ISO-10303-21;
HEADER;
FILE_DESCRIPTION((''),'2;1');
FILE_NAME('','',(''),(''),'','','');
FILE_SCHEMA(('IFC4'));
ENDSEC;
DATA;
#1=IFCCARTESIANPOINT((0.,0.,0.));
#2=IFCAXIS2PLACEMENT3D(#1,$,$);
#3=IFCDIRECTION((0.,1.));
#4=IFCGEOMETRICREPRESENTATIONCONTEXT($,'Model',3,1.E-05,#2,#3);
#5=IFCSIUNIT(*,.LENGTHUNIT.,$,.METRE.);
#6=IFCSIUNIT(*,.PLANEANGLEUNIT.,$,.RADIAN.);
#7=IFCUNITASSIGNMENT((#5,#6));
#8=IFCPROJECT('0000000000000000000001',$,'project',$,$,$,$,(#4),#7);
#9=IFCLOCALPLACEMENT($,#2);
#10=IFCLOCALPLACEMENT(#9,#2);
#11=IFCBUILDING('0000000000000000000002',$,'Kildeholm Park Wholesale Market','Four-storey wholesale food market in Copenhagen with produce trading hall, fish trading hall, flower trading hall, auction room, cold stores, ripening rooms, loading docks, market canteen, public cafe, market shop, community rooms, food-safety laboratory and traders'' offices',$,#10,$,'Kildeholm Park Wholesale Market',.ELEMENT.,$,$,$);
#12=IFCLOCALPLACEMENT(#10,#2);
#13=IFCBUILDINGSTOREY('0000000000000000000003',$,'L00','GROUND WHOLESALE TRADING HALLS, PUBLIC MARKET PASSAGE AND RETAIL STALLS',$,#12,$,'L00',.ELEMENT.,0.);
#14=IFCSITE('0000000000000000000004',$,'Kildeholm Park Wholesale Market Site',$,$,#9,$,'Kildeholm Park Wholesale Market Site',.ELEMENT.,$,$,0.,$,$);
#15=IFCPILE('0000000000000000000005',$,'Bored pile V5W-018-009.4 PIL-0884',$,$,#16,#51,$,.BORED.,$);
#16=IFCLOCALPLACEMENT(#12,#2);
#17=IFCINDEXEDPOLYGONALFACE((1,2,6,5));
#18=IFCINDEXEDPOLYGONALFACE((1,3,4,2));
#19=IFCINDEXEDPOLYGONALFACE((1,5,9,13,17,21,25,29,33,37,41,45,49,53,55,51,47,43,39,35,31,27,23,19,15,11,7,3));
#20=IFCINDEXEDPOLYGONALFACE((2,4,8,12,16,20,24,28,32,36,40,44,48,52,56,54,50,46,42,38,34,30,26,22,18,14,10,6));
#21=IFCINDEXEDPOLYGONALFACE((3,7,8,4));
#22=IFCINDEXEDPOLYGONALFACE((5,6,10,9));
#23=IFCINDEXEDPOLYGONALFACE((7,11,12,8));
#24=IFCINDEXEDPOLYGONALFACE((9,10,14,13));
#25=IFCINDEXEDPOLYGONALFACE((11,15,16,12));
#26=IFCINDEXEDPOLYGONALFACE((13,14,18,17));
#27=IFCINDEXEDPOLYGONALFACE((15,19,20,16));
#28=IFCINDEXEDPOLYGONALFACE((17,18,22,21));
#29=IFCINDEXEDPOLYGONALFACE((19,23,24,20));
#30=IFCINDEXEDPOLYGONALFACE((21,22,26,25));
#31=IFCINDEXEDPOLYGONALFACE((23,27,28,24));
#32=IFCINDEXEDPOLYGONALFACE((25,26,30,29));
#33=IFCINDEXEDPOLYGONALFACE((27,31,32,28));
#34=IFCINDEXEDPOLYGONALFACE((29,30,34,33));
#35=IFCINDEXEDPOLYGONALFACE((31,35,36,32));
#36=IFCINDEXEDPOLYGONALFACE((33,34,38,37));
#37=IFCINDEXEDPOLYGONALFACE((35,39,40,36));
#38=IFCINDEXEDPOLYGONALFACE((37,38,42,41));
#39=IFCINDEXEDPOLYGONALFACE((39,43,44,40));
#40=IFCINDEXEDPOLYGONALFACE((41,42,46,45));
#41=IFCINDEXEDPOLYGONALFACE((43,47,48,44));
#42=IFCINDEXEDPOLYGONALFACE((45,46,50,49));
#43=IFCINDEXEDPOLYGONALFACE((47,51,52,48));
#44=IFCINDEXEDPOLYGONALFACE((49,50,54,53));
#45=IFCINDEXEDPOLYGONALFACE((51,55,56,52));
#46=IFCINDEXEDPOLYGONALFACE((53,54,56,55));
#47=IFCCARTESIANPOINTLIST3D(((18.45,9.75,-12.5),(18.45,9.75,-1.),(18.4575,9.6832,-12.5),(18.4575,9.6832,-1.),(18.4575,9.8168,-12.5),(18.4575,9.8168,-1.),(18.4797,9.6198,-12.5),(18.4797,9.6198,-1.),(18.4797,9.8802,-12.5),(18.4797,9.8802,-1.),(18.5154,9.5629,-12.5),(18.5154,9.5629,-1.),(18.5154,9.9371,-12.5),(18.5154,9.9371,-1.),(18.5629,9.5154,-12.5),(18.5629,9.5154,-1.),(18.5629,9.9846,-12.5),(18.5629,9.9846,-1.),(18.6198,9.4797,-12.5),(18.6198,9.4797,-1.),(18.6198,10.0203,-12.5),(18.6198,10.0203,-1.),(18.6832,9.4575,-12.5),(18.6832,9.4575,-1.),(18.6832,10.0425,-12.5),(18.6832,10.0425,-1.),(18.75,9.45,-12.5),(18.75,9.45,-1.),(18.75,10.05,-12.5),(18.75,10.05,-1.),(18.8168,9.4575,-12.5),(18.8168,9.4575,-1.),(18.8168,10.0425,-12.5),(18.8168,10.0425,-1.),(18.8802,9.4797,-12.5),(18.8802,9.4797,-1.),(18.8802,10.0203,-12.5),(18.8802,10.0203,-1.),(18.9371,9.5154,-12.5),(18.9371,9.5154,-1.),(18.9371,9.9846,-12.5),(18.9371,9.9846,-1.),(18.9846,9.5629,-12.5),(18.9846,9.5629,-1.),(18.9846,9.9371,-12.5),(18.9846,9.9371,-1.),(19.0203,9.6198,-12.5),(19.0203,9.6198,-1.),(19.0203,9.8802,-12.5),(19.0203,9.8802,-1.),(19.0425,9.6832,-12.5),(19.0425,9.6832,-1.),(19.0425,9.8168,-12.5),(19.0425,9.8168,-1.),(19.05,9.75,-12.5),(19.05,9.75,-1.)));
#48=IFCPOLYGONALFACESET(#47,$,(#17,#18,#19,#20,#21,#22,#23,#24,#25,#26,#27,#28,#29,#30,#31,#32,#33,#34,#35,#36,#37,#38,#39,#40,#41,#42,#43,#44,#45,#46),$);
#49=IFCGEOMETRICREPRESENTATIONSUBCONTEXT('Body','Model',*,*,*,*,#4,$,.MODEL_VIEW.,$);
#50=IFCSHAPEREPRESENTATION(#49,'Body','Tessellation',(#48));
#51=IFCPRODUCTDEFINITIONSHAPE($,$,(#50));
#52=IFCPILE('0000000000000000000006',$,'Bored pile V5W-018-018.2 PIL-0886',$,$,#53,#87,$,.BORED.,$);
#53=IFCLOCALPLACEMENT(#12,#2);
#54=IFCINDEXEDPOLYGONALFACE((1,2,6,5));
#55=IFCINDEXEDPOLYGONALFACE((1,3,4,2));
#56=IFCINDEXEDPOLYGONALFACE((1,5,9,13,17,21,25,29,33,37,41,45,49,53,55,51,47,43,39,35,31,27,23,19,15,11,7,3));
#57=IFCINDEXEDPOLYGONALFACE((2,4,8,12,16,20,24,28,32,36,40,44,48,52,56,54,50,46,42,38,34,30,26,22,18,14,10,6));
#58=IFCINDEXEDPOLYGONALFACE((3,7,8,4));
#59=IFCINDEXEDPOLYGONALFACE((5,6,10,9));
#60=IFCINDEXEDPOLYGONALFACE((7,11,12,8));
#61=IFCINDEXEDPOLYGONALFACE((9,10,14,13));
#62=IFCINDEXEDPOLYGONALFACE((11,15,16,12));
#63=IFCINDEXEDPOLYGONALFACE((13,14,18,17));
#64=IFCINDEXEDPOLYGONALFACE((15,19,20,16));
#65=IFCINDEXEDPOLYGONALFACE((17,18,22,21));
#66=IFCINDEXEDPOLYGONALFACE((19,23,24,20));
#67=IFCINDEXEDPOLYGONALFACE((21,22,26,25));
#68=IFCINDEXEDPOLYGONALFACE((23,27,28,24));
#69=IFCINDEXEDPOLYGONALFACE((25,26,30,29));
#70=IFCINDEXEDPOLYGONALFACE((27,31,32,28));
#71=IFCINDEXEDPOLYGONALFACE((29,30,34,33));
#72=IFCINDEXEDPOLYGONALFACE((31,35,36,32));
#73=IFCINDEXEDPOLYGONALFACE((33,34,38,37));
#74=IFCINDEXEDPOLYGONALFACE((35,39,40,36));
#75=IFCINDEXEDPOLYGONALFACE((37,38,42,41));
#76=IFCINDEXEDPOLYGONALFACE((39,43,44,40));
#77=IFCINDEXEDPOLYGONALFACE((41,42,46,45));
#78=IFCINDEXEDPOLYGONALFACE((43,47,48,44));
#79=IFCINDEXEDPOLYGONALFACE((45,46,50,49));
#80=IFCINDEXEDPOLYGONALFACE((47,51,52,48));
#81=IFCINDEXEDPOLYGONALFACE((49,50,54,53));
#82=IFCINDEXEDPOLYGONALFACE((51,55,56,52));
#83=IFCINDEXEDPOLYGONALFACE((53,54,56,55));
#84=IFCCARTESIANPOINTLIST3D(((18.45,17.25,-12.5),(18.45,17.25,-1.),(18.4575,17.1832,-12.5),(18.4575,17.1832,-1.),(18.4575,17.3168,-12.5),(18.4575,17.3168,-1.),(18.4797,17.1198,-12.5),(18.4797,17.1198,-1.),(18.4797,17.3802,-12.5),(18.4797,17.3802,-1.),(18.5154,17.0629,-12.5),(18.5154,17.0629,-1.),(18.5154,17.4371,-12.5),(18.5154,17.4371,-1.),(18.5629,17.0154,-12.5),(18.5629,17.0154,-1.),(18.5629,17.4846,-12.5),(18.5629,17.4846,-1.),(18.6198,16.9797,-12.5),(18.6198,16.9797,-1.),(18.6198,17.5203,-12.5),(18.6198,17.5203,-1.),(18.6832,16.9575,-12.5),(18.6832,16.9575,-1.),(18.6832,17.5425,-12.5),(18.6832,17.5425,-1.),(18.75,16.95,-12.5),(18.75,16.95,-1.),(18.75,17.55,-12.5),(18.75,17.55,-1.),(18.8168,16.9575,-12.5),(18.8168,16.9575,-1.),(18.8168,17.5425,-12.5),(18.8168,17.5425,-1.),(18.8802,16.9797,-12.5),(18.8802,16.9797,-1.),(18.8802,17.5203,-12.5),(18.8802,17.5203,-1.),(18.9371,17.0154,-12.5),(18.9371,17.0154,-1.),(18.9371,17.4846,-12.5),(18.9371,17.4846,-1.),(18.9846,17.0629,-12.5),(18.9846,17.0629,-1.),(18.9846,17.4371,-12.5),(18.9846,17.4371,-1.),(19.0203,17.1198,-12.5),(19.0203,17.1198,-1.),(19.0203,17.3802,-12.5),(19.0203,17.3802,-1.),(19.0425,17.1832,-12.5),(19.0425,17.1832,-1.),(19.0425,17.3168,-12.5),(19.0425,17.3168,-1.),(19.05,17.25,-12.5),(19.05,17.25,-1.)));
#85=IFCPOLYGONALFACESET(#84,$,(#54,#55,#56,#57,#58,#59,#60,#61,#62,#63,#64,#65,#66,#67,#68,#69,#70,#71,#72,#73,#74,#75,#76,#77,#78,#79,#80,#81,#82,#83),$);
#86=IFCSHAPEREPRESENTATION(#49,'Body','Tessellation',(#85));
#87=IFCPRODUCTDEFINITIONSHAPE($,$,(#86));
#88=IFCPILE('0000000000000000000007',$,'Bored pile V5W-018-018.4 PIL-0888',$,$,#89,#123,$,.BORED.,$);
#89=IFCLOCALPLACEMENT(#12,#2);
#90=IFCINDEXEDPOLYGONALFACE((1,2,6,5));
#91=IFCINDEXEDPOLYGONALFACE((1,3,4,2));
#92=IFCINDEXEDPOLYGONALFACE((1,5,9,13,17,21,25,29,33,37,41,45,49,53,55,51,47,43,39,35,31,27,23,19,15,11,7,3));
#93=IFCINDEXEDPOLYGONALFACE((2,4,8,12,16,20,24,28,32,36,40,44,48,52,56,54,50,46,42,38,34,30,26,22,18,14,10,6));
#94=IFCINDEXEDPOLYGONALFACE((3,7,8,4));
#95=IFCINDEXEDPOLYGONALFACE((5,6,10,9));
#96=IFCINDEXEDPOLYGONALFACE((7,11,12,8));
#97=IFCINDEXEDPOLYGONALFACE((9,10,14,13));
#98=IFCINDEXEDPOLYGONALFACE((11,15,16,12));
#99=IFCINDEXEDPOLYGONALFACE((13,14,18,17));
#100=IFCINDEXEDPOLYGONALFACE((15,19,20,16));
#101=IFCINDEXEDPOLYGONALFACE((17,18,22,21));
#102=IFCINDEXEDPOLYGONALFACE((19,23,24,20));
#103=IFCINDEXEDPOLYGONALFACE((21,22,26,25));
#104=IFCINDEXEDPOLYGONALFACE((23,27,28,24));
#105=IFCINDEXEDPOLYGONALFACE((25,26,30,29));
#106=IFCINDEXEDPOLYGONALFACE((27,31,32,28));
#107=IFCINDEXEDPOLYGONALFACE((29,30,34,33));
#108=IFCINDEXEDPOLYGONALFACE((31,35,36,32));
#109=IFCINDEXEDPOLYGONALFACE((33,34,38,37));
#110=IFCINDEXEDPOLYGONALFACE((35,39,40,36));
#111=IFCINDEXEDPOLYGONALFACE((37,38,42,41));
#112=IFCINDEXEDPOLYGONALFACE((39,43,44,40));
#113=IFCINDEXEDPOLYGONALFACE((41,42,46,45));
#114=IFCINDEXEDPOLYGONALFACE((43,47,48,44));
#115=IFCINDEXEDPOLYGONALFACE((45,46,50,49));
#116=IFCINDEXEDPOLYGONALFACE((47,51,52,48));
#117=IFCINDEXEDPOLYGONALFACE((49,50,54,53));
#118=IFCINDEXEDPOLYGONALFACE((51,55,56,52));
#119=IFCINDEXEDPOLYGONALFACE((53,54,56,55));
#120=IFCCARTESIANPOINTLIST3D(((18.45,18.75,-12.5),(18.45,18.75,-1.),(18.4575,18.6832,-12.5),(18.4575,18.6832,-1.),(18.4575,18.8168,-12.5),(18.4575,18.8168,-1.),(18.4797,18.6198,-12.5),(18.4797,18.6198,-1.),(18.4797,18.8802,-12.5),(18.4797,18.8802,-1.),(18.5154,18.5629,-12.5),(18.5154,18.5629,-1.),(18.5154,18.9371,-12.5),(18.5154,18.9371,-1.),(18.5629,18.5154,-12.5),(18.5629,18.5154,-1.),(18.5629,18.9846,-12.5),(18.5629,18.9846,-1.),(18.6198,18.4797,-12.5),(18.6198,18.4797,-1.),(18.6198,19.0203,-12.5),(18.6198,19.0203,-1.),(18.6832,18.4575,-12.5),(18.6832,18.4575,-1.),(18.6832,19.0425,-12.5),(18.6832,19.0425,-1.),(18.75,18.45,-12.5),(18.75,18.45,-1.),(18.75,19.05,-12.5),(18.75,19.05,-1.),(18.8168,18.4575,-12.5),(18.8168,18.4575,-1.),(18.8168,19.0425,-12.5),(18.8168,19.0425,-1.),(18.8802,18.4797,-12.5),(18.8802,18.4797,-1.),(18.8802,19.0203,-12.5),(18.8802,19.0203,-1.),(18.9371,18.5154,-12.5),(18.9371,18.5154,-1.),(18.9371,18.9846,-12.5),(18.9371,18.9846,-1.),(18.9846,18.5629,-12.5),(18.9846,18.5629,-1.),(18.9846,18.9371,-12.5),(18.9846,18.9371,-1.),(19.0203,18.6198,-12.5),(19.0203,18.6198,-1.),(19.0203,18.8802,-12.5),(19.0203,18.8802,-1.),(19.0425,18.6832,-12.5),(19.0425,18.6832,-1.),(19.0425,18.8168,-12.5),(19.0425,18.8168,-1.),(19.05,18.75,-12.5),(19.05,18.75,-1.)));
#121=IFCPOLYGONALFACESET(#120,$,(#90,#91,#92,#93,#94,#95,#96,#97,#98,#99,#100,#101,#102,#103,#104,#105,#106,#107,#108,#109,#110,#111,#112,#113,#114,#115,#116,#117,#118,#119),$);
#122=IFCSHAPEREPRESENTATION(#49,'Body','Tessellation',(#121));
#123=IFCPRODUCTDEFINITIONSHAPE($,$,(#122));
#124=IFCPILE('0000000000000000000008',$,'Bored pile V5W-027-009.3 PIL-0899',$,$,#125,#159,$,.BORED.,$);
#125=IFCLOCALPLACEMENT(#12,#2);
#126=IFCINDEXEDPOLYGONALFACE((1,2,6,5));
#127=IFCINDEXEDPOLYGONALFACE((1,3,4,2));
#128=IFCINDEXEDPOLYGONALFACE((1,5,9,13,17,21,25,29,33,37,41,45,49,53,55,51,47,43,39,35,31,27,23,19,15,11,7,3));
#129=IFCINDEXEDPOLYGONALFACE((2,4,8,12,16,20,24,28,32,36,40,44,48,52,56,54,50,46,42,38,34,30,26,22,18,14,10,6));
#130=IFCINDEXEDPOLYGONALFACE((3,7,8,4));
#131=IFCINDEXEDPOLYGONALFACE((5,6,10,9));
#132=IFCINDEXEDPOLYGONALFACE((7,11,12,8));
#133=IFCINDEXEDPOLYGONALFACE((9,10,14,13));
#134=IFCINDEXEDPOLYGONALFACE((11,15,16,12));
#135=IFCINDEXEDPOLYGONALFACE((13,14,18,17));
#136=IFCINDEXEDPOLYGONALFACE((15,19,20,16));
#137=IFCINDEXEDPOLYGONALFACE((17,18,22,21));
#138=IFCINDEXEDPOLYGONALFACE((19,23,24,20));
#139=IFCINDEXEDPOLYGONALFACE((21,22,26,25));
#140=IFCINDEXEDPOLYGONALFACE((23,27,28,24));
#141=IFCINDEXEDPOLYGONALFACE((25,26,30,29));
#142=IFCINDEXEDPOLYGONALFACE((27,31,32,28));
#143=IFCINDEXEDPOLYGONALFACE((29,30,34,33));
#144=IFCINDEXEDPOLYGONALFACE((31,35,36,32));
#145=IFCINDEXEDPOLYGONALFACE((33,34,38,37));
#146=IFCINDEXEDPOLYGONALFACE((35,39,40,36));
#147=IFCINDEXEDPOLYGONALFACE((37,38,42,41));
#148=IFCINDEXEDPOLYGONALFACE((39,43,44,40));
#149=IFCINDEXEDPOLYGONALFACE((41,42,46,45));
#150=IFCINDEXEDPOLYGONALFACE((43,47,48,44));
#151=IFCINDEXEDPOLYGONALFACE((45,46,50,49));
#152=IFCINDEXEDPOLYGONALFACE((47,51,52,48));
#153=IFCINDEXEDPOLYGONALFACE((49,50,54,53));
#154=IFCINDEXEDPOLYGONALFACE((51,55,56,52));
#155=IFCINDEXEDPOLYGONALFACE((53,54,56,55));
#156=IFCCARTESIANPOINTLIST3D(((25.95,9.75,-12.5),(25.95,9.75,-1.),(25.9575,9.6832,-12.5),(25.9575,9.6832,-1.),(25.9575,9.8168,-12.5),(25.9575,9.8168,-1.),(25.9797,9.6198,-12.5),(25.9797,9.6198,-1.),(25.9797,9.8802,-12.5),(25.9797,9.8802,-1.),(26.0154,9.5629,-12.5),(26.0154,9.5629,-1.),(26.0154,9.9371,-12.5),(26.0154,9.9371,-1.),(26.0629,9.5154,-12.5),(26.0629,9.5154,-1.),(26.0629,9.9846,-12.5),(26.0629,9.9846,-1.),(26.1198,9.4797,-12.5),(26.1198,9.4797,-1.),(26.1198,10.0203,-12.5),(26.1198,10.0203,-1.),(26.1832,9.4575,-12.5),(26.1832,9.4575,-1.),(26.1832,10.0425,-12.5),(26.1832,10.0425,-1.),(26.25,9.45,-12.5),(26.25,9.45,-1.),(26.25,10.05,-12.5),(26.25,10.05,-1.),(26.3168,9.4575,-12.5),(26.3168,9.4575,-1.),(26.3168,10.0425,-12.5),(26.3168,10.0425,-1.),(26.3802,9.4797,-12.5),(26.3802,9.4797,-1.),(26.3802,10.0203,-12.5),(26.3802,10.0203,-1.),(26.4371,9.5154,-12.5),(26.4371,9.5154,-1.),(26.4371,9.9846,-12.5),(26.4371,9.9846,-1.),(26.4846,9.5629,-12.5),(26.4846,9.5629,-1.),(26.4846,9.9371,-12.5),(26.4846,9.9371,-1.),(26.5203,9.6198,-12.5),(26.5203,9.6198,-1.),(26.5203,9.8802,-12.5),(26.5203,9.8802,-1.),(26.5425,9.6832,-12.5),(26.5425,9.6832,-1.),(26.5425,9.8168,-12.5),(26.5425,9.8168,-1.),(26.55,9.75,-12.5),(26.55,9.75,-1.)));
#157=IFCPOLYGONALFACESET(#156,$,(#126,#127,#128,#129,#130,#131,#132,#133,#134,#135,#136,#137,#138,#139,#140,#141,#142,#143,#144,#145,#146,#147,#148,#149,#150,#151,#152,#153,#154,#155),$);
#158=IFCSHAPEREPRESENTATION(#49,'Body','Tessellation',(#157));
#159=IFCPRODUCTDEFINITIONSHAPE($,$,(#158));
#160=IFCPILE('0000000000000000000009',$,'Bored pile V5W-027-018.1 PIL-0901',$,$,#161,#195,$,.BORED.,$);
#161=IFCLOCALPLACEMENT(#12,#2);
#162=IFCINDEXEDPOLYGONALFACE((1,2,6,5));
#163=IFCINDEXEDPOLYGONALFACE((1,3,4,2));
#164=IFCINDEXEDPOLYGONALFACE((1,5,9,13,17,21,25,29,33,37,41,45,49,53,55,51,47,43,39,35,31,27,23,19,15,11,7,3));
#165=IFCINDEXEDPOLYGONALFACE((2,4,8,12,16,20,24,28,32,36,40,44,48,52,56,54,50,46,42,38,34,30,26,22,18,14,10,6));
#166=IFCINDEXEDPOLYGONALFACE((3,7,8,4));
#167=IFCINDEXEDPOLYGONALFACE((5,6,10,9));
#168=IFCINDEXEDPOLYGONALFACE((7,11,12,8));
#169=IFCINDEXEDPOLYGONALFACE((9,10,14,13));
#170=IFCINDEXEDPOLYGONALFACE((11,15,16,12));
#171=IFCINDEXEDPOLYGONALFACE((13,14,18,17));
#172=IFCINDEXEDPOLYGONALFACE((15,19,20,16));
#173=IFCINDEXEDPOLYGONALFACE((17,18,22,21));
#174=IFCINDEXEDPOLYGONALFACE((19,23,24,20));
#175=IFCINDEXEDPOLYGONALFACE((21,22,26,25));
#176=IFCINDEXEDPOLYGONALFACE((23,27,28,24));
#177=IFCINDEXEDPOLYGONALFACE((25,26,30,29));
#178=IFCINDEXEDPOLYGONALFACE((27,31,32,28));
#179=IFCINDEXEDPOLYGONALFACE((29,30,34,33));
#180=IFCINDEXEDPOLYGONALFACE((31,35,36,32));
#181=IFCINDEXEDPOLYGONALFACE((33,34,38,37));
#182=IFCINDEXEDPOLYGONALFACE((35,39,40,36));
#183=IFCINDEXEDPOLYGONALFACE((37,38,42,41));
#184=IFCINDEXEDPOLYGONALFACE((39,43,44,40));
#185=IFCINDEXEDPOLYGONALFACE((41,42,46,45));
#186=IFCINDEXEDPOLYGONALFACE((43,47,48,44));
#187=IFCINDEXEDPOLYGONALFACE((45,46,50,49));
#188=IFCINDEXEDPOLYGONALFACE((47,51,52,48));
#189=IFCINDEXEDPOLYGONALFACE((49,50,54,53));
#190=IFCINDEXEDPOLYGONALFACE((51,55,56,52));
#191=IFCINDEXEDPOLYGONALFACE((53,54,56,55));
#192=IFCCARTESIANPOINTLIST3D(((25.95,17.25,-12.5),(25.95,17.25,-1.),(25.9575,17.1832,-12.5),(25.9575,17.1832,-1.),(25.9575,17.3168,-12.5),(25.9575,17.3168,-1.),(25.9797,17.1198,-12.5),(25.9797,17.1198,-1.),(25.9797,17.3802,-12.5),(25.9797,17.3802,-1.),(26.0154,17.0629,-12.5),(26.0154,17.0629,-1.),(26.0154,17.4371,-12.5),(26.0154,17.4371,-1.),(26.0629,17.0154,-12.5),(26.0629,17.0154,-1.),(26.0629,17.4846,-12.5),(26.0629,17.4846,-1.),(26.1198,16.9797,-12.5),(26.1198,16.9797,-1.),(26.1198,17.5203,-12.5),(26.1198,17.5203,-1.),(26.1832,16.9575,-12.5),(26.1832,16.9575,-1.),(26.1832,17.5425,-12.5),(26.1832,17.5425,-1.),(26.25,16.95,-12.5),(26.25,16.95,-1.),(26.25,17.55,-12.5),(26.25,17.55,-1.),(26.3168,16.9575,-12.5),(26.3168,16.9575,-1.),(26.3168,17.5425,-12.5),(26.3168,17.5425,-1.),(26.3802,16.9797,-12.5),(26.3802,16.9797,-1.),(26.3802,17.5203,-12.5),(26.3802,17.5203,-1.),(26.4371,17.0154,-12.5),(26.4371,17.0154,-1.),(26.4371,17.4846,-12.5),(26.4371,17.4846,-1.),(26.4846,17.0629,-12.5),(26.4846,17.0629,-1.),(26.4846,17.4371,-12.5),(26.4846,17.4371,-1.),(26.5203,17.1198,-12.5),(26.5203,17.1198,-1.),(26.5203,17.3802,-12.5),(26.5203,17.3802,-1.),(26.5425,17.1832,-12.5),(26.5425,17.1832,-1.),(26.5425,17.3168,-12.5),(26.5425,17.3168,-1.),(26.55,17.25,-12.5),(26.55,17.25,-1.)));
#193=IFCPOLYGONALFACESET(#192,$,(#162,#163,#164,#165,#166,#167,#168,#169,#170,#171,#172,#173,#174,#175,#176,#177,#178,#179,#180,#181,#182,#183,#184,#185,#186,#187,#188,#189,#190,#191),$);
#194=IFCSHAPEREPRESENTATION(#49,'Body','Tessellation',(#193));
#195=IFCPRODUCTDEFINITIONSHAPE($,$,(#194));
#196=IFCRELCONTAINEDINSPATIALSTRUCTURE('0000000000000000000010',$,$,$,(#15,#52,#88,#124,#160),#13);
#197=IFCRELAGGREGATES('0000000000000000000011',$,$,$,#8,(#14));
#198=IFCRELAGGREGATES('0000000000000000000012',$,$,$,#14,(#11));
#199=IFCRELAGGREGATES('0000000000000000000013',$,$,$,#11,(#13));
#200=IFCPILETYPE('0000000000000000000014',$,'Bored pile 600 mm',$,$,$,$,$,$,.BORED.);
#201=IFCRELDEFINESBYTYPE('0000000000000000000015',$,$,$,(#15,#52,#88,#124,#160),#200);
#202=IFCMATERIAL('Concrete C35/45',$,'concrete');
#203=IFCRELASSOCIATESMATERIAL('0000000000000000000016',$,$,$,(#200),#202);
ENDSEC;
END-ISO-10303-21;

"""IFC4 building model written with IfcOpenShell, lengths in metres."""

from ifc_helpers import new_model, si_unit, direction, frame, origin, origin_2d, place, context, subcontext, project, spatial, circle, extrude, material, material_profile, profile_set, type_object, element, save


model = new_model("IFC4")

# Units and contexts
model_context = context("Model", 3, precision=1e-05, world=origin(), true_north=direction((0.0, 1.0)))
body_context = subcontext(model_context, "Body", "Model", "MODEL_VIEW")
ifc_project = project(units=[si_unit("LENGTHUNIT", "METRE"), si_unit("PLANEANGLEUNIT", "RADIAN")], contexts=[model_context])

# Site, building, storey
site_placement = place(None, origin())
site = spatial("IfcSite", under=ifc_project, at=site_placement, Name="Kildeholm Park Wholesale Market Site", LongName="Kildeholm Park Wholesale Market Site", CompositionType="ELEMENT", RefElevation=0.0)
building_placement = place(site_placement, origin())
building = spatial("IfcBuilding", under=site, at=building_placement, Name="Kildeholm Park Wholesale Market", Description="Four-storey wholesale food market in Copenhagen with produce trading hall, fish trading hall, flower trading hall, auction room, cold stores, ripening rooms, loading docks, market canteen, public cafe, market shop, community rooms, food-safety laboratory and traders' offices", LongName="Kildeholm Park Wholesale Market", CompositionType="ELEMENT")
storey_placement = place(building_placement, origin())
storey = spatial("IfcBuildingStorey", under=building, at=storey_placement, Name="L00", Description="GROUND WHOLESALE TRADING HALLS, PUBLIC MARKET PASSAGE AND RETAIL STALLS", LongName="L00", CompositionType="ELEMENT", Elevation=0.0)

# Piles
ifc_material_1 = material(Name="Concrete C35/45", Category="concrete")
ifc_material_profile_1 = material_profile(ifc_material_1, circle(Radius=0.3, at=origin_2d()), Name="PILE D600")
ifc_profile_set_1 = profile_set([ifc_material_profile_1], Name="Concrete C35/45")
pile_type = type_object("IfcPileType", Name="Bored pile 600 mm", PredefinedType="BORED", material=ifc_profile_set_1)
for number, where, z_axis, x_axis, name in (
    (1, (18.75, 9.75, -1.0), (0.0, 0.0, -1.0), (1.0, 0.0, 0.0), "Bored pile V5W-018-009.4 PIL-0884"),
    (2, (18.75, 17.25, -1.0), (0.0, 0.0, -1.0), (1.0, 0.0, 0.0), "Bored pile V5W-018-018.2 PIL-0886"),
    (3, (18.75, 18.75, -1.0), (0.0, 0.0, -1.0), (1.0, 0.0, 0.0), "Bored pile V5W-018-018.4 PIL-0888"),
    (4, (26.25, 9.75, -1.0), (0.0, 0.0, -1.0), (1.0, 0.0, 0.0), "Bored pile V5W-027-009.3 PIL-0899"),
    (5, (26.25, 17.25, -1.0), (0.0, 0.0, -1.0), (1.0, 0.0, 0.0), "Bored pile V5W-027-018.1 PIL-0901"),
):
    element("IfcPile", number, at=place(storey_placement, frame(where, z_axis=z_axis, x_axis=x_axis)), inside=storey, type_object=pile_type, Name=name, PredefinedType="BORED", context=body_context, shape_type="SweptSolid", body=[
        extrude(circle(Radius=0.3, at=origin_2d()), origin(), (0.0, 0.0, 1.0), 11.5),
    ])

save(model, "model.ifc")
